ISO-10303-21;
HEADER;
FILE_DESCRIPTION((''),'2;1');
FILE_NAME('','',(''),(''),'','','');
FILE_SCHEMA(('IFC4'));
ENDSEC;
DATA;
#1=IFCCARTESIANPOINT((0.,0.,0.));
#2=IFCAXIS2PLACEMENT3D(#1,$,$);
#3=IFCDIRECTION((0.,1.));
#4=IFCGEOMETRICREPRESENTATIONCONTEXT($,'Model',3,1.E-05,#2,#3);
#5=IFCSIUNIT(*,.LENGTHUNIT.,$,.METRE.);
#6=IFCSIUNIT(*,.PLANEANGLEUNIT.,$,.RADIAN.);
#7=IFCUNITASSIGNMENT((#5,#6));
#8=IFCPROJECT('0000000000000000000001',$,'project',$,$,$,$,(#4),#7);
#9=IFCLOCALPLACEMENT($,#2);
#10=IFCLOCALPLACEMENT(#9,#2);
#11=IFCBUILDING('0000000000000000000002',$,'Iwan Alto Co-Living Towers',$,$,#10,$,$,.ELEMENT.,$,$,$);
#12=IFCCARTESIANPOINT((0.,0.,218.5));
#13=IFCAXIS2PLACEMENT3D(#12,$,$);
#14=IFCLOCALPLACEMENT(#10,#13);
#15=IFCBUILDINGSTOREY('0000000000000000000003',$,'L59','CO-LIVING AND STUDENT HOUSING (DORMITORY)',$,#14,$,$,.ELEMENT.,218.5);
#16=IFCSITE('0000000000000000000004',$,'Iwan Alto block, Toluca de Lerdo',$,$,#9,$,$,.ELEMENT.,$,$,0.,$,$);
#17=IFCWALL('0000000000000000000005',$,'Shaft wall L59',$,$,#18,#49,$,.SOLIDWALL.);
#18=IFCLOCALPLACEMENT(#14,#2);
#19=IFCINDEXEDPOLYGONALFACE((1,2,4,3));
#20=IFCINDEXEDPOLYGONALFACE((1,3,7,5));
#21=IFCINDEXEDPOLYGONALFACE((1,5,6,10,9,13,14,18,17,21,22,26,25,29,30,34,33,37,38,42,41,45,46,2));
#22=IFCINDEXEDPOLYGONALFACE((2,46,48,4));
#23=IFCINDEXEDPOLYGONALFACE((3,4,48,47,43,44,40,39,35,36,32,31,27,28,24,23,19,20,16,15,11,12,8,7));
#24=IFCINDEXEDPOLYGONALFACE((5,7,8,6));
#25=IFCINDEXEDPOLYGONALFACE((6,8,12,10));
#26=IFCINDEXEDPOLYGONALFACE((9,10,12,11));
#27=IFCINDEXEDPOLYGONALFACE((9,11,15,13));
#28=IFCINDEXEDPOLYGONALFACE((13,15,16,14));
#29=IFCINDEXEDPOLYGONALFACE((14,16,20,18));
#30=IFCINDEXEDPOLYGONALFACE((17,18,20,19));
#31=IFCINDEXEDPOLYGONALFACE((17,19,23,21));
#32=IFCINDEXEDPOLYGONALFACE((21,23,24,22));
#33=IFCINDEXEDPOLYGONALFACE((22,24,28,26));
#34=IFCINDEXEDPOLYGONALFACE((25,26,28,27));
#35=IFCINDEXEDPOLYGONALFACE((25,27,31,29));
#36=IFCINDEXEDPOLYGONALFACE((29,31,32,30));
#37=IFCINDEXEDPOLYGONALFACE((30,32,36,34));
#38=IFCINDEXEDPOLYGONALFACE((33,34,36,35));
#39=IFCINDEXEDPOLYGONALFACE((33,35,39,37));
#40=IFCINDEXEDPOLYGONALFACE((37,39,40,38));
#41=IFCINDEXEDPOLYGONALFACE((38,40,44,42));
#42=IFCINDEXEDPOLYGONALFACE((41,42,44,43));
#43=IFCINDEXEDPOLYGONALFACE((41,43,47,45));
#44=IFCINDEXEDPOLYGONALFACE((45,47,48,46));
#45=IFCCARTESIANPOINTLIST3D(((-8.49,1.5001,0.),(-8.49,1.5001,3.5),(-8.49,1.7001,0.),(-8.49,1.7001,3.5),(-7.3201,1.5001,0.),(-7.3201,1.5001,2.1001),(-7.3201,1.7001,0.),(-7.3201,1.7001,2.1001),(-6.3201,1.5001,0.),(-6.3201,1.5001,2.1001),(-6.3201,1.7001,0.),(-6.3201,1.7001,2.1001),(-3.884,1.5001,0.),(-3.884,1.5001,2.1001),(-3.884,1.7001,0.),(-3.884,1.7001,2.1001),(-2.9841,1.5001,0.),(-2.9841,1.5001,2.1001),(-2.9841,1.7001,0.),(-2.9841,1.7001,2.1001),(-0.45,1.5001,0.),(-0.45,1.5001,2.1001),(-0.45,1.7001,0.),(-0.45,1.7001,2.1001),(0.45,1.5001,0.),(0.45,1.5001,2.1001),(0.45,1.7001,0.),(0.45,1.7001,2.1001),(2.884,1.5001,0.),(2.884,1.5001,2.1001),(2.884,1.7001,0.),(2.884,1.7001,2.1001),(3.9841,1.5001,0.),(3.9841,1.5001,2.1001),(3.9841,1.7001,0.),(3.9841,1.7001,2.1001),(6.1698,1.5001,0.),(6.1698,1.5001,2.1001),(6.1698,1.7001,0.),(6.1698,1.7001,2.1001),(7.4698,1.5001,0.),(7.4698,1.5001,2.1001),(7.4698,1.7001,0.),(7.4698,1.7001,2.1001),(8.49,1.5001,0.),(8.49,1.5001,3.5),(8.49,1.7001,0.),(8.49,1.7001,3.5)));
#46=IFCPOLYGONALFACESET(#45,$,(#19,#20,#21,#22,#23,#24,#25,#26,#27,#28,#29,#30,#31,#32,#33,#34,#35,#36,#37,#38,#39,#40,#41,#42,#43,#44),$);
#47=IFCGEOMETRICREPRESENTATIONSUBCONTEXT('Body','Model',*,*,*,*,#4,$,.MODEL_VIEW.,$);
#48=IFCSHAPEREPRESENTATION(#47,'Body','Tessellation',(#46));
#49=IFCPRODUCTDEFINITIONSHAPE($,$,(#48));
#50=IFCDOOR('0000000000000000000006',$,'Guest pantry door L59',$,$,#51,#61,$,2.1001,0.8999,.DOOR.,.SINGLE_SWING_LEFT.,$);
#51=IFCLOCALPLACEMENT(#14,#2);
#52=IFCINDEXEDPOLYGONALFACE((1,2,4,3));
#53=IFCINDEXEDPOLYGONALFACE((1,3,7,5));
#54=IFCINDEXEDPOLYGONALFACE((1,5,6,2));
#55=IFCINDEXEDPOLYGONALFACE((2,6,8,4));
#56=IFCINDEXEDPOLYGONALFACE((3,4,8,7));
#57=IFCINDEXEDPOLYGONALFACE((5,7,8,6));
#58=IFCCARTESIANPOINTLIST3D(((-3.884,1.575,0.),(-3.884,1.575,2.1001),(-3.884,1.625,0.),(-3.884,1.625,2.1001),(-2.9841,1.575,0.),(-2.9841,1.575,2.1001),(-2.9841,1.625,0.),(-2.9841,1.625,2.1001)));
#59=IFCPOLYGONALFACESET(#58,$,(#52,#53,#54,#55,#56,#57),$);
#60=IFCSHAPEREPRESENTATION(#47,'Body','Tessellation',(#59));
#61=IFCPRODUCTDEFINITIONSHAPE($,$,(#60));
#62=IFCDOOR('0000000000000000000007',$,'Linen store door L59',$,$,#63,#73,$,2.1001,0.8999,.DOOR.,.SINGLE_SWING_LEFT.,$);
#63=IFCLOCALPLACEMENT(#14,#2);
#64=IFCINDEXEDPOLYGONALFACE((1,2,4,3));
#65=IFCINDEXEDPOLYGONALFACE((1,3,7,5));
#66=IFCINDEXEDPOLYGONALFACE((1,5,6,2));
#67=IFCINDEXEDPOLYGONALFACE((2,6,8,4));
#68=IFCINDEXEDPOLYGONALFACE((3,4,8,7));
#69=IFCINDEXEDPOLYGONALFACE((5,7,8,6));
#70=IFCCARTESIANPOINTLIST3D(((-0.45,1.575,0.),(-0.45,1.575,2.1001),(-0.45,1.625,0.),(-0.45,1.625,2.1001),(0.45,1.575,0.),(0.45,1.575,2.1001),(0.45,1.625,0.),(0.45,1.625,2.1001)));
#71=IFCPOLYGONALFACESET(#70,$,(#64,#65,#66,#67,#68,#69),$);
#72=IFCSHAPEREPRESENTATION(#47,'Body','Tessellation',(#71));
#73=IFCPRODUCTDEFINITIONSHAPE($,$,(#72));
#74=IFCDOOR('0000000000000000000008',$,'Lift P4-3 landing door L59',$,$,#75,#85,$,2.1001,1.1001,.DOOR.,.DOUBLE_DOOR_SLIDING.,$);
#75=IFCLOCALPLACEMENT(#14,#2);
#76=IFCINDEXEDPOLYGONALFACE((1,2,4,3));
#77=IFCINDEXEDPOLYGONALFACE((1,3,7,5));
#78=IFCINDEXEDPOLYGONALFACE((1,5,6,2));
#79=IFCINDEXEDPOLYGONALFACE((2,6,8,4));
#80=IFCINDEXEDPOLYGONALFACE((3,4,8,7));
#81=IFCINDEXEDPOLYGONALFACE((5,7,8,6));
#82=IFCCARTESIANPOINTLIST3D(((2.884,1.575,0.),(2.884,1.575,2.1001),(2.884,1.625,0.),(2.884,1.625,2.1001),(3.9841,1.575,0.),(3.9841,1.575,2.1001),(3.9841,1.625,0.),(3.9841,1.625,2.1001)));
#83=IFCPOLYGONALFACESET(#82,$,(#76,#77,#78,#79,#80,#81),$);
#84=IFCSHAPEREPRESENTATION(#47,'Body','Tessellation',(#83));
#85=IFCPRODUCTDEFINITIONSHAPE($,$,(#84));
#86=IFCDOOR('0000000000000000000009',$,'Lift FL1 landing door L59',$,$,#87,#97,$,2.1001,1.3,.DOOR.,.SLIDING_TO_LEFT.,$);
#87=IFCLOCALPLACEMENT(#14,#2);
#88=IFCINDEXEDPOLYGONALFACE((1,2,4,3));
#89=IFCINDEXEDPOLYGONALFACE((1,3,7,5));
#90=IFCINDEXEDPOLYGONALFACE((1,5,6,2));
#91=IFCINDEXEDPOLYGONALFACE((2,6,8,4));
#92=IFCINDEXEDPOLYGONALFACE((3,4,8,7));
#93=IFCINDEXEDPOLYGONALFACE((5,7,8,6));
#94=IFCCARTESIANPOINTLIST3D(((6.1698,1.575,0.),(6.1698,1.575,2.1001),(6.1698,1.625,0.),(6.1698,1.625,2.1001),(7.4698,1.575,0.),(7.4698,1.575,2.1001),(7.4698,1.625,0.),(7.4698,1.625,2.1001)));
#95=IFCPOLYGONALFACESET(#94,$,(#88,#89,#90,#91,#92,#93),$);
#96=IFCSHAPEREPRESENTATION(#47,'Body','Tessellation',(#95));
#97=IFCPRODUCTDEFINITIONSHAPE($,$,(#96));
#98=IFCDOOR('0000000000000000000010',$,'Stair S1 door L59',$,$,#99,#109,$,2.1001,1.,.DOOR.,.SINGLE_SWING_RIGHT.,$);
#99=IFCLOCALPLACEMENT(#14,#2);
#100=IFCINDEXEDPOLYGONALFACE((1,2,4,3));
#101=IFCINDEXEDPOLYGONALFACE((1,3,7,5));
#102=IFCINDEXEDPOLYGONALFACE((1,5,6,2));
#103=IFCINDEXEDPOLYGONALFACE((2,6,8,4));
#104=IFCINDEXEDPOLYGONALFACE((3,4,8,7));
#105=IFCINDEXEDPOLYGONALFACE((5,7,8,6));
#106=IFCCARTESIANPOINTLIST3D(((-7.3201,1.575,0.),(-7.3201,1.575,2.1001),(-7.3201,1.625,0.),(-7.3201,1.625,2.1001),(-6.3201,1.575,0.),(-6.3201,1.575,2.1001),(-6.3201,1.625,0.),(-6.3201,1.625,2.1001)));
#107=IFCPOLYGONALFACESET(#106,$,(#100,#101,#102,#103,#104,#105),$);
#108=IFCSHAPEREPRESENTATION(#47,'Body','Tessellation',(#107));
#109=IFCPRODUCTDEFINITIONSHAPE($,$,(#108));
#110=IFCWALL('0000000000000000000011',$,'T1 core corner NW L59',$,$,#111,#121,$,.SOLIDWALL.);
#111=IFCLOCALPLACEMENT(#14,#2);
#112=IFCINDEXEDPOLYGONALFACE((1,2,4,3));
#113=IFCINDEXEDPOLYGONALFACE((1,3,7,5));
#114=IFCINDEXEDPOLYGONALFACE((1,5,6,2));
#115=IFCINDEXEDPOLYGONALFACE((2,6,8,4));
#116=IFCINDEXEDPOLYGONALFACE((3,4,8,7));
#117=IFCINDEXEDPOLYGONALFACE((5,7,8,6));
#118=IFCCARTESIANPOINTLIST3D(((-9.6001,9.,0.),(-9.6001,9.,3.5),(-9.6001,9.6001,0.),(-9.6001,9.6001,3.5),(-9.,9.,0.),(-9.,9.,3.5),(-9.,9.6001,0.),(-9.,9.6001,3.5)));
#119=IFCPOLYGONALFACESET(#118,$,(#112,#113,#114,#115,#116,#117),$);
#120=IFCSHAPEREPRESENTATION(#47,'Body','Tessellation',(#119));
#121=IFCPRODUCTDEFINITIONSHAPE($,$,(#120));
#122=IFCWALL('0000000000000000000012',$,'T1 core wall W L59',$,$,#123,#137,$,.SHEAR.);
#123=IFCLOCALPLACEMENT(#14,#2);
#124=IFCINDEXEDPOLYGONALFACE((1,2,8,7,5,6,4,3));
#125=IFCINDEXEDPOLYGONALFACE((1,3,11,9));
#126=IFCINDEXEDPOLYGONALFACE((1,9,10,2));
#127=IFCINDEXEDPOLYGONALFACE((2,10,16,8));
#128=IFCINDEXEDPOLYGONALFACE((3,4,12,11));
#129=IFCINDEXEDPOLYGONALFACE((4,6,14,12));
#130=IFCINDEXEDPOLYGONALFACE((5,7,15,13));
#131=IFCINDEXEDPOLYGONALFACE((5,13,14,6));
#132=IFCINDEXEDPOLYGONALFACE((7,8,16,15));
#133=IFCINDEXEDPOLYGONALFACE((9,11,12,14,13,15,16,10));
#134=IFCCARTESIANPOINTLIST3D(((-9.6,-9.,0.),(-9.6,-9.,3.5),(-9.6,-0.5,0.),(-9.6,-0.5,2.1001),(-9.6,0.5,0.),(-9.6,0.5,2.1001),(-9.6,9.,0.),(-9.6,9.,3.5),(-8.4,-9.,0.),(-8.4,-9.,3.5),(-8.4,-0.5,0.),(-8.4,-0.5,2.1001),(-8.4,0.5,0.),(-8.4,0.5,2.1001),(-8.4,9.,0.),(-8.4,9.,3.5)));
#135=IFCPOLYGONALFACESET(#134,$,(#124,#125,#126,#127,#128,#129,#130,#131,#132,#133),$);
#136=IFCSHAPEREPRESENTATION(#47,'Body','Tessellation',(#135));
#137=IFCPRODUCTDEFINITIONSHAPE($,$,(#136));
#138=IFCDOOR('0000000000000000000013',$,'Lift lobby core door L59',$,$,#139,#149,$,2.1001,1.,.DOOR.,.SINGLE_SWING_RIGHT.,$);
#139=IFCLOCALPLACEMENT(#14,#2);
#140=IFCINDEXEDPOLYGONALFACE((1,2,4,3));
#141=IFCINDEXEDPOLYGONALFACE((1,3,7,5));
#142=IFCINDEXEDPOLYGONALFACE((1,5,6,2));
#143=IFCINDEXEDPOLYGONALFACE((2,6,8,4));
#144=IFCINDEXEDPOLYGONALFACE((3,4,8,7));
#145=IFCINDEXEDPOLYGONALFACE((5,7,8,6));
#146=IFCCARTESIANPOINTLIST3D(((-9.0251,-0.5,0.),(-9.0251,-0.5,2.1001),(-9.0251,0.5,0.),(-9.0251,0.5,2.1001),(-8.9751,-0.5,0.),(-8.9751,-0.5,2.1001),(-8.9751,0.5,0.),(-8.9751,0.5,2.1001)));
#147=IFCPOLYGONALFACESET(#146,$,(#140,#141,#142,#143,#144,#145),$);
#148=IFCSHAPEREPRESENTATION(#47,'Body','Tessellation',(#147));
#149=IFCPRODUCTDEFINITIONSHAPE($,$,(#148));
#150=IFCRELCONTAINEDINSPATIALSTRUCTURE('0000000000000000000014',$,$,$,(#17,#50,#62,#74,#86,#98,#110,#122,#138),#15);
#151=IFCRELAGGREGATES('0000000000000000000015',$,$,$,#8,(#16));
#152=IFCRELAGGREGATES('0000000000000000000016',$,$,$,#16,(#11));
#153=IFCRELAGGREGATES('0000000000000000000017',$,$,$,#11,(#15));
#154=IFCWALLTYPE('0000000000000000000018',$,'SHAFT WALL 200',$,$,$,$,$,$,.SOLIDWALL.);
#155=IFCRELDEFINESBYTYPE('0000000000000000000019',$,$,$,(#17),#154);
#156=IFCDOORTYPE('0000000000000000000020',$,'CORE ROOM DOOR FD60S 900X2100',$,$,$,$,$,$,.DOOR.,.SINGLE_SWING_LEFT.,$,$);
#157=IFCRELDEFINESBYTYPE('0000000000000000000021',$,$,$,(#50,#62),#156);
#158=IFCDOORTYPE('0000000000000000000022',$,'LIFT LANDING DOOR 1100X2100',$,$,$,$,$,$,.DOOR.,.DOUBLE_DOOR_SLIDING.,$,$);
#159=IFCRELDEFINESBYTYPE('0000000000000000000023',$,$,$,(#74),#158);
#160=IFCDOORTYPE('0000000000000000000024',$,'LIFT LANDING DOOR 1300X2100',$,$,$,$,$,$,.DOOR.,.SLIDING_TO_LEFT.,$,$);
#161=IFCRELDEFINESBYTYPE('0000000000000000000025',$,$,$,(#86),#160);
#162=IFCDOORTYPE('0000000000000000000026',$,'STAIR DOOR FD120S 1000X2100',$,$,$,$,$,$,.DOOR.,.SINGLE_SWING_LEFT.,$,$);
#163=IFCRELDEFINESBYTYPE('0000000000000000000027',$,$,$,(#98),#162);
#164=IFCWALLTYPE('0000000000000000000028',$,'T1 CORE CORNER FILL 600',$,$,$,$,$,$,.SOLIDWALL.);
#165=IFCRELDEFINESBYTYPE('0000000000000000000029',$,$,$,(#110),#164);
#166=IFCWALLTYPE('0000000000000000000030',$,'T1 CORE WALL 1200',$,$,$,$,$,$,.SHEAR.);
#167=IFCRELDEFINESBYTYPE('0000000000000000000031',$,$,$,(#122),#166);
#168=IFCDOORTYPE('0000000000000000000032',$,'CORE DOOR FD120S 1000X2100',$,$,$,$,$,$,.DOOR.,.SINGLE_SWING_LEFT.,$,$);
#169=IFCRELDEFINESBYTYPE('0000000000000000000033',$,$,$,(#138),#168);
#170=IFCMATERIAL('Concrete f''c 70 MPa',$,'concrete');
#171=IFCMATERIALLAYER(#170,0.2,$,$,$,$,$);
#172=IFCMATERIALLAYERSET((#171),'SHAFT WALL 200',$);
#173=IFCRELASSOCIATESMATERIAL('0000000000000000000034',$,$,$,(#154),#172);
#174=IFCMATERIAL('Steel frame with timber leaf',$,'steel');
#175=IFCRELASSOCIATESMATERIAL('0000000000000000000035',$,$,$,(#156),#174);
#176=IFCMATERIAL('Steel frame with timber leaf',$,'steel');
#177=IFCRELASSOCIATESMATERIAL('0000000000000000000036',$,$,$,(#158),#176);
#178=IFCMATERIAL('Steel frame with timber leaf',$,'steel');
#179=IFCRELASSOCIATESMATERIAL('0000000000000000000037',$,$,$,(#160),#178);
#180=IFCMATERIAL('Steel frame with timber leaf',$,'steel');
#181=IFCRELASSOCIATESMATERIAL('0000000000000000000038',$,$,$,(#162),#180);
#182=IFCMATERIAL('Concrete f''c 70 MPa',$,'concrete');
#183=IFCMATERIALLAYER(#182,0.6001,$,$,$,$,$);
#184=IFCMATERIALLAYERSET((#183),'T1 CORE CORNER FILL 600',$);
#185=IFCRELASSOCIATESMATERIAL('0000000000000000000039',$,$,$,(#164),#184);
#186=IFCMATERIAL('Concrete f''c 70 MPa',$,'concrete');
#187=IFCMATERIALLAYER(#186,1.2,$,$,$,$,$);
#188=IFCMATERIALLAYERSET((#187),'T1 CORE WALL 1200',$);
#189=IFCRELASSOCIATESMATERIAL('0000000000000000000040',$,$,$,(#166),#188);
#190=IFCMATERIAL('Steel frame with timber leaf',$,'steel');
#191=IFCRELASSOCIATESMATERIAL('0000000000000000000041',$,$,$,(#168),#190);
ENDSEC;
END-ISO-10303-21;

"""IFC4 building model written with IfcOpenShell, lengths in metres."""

from ifc_helpers import new_model, si_unit, direction, frame, frame_2d, origin, place, context, subcontext, project, spatial, rectangle, extrude, material, layer, layer_set, type_object, element, fill, save


model = new_model("IFC4")

# Units and contexts
model_context = context("Model", 3, precision=1e-05, world=origin(), true_north=direction((0.0, 1.0)))
body_context = subcontext(model_context, "Body", "Model", "MODEL_VIEW")
ifc_project = project(units=[si_unit("LENGTHUNIT", "METRE"), si_unit("PLANEANGLEUNIT", "RADIAN")], contexts=[model_context])

# Site, building, storey
site_placement = place(None, origin())
site = spatial("IfcSite", under=ifc_project, at=site_placement, Name="Iwan Alto block, Toluca de Lerdo", CompositionType="ELEMENT", RefElevation=0.0)
building_placement = place(site_placement, origin())
building = spatial("IfcBuilding", under=site, at=building_placement, Name="Iwan Alto Co-Living Towers", CompositionType="ELEMENT")
storey_placement = place(building_placement, frame((0.0, 0.0, 218.5)))
storey = spatial("IfcBuildingStorey", under=building, at=storey_placement, Name="L59", Description="CO-LIVING AND STUDENT HOUSING (DORMITORY)", CompositionType="ELEMENT", Elevation=218.5)

# Wall, openings, doors
ifc_material_1 = material(Name="Concrete f'c 70 MPa", Category="concrete")
ifc_layer_1 = layer(ifc_material_1, 0.2)
ifc_layer_set_1 = layer_set([ifc_layer_1], Name="SHAFT WALL 200")
wall_type_1 = type_object("IfcWallType", Name="SHAFT WALL 200", PredefinedType="SOLIDWALL", material=ifc_layer_set_1)
wall_1_placement = place(storey_placement, frame((-8.49, 1.6001, 0.0), z_axis=(0.0, 0.0, 1.0), x_axis=(1.0, 0.0, 0.0)))
wall_1 = element("IfcWall", 1, at=wall_1_placement, inside=storey, type_object=wall_type_1, Name="Shaft wall L59", PredefinedType="SOLIDWALL", context=body_context, shape_type="SweptSolid", body=[
    extrude(rectangle(XDim=16.98, YDim=0.2, at=frame_2d((8.49, 0.0))), origin(), (0.0, 0.0, 1.0), 3.5),
])
opening_1_placement = place(wall_1_placement, frame((1.1699, 0.0, 0.0)))
opening_1 = element("IfcOpeningElement", 2, at=opening_1_placement, cuts=wall_1, PredefinedType="OPENING", context=body_context, shape_type="SweptSolid", body=[
    extrude(rectangle(XDim=1.0, YDim=2.1001, at=frame_2d((0.5, 1.05))), frame((0.0, 0.1099, 0.0), z_axis=(0.0, -1.0, 0.0), x_axis=(1.0, 0.0, 0.0)), (0.0, 0.0, 1.0), 0.22),
])
opening_2_placement = place(wall_1_placement, frame((4.606, 0.0, 0.0)))
opening_2 = element("IfcOpeningElement", 3, at=opening_2_placement, cuts=wall_1, PredefinedType="OPENING", context=body_context, shape_type="SweptSolid", body=[
    extrude(rectangle(XDim=0.8999, YDim=2.1001, at=frame_2d((0.45, 1.05))), frame((0.0, 0.1099, 0.0), z_axis=(0.0, -1.0, 0.0), x_axis=(1.0, 0.0, 0.0)), (0.0, 0.0, 1.0), 0.22),
])
opening_3_placement = place(wall_1_placement, frame((8.04, 0.0, 0.0)))
opening_3 = element("IfcOpeningElement", 4, at=opening_3_placement, cuts=wall_1, PredefinedType="OPENING", context=body_context, shape_type="SweptSolid", body=[
    extrude(rectangle(XDim=0.8999, YDim=2.1001, at=frame_2d((0.45, 1.05))), frame((0.0, 0.1099, 0.0), z_axis=(0.0, -1.0, 0.0), x_axis=(1.0, 0.0, 0.0)), (0.0, 0.0, 1.0), 0.22),
])
opening_4_placement = place(wall_1_placement, frame((11.374, 0.0, 0.0)))
opening_4 = element("IfcOpeningElement", 5, at=opening_4_placement, cuts=wall_1, PredefinedType="OPENING", context=body_context, shape_type="SweptSolid", body=[
    extrude(rectangle(XDim=1.1001, YDim=2.1001, at=frame_2d((0.55, 1.05))), frame((0.0, 0.1099, 0.0), z_axis=(0.0, -1.0, 0.0), x_axis=(1.0, 0.0, 0.0)), (0.0, 0.0, 1.0), 0.22),
])
opening_5_placement = place(wall_1_placement, frame((14.6599, 0.0, 0.0)))
opening_5 = element("IfcOpeningElement", 6, at=opening_5_placement, cuts=wall_1, PredefinedType="OPENING", context=body_context, shape_type="SweptSolid", body=[
    extrude(rectangle(XDim=1.3, YDim=2.1001, at=frame_2d((0.6499, 1.05))), frame((0.0, 0.1099, 0.0), z_axis=(0.0, -1.0, 0.0), x_axis=(1.0, 0.0, 0.0)), (0.0, 0.0, 1.0), 0.22),
])
ifc_material_2 = material(Name="Steel frame with timber leaf", Category="steel")
door_type_1 = type_object("IfcDoorType", Name="CORE ROOM DOOR FD60S 900X2100", OperationType="SINGLE_SWING_LEFT", PredefinedType="DOOR", material=ifc_material_2)
door_1_placement = place(opening_2_placement, origin())
door_1 = element("IfcDoor", 7, at=door_1_placement, inside=storey, type_object=door_type_1, Name="Guest pantry door L59", OperationType="SINGLE_SWING_LEFT", OverallHeight=2.1001, OverallWidth=0.8999, PredefinedType="DOOR", context=body_context, shape_type="SweptSolid", body=[
    extrude(rectangle(XDim=0.8999, YDim=2.1001, at=frame_2d((0.45, 1.05))), frame((0.0, 0.0249, 0.0), z_axis=(0.0, -1.0, 0.0), x_axis=(1.0, 0.0, 0.0)), (0.0, 0.0, 1.0), 0.05),
])
fill(opening_2, door_1)
door_2_placement = place(opening_3_placement, origin())
door_2 = element("IfcDoor", 8, at=door_2_placement, inside=storey, type_object=door_type_1, Name="Linen store door L59", OperationType="SINGLE_SWING_LEFT", OverallHeight=2.1001, OverallWidth=0.8999, PredefinedType="DOOR", context=body_context, shape_type="SweptSolid", body=[
    extrude(rectangle(XDim=0.8999, YDim=2.1001, at=frame_2d((0.45, 1.05))), frame((0.0, 0.0249, 0.0), z_axis=(0.0, -1.0, 0.0), x_axis=(1.0, 0.0, 0.0)), (0.0, 0.0, 1.0), 0.05),
])
fill(opening_3, door_2)
ifc_material_3 = material(Name="Steel frame with timber leaf", Category="steel")
door_type_2 = type_object("IfcDoorType", Name="LIFT LANDING DOOR 1100X2100", OperationType="DOUBLE_DOOR_SLIDING", PredefinedType="DOOR", material=ifc_material_3)
door_3_placement = place(opening_4_placement, origin())
door_3 = element("IfcDoor", 9, at=door_3_placement, inside=storey, type_object=door_type_2, Name="Lift P4-3 landing door L59", OperationType="DOUBLE_DOOR_SLIDING", OverallHeight=2.1001, OverallWidth=1.1001, PredefinedType="DOOR", context=body_context, shape_type="SweptSolid", body=[
    extrude(rectangle(XDim=1.1001, YDim=2.1001, at=frame_2d((0.55, 1.05))), frame((0.0, 0.0249, 0.0), z_axis=(0.0, -1.0, 0.0), x_axis=(1.0, 0.0, 0.0)), (0.0, 0.0, 1.0), 0.05),
])
fill(opening_4, door_3)
ifc_material_4 = material(Name="Steel frame with timber leaf", Category="steel")
door_type_3 = type_object("IfcDoorType", Name="LIFT LANDING DOOR 1300X2100", OperationType="SLIDING_TO_LEFT", PredefinedType="DOOR", material=ifc_material_4)
door_4_placement = place(opening_5_placement, origin())
door_4 = element("IfcDoor", 10, at=door_4_placement, inside=storey, type_object=door_type_3, Name="Lift FL1 landing door L59", OperationType="SLIDING_TO_LEFT", OverallHeight=2.1001, OverallWidth=1.3, PredefinedType="DOOR", context=body_context, shape_type="SweptSolid", body=[
    extrude(rectangle(XDim=1.3, YDim=2.1001, at=frame_2d((0.6499, 1.05))), frame((0.0, 0.0249, 0.0), z_axis=(0.0, -1.0, 0.0), x_axis=(1.0, 0.0, 0.0)), (0.0, 0.0, 1.0), 0.05),
])
fill(opening_5, door_4)
ifc_material_5 = material(Name="Steel frame with timber leaf", Category="steel")
door_type_4 = type_object("IfcDoorType", Name="STAIR DOOR FD120S 1000X2100", OperationType="SINGLE_SWING_LEFT", PredefinedType="DOOR", material=ifc_material_5)
door_5_placement = place(opening_1_placement, origin())
door_5 = element("IfcDoor", 11, at=door_5_placement, inside=storey, type_object=door_type_4, Name="Stair S1 door L59", OperationType="SINGLE_SWING_RIGHT", OverallHeight=2.1001, OverallWidth=1.0, PredefinedType="DOOR", context=body_context, shape_type="SweptSolid", body=[
    extrude(rectangle(XDim=1.0, YDim=2.1001, at=frame_2d((0.5, 1.05))), frame((0.0, 0.0249, 0.0), z_axis=(0.0, -1.0, 0.0), x_axis=(1.0, 0.0, 0.0)), (0.0, 0.0, 1.0), 0.05),
])
fill(opening_1, door_5)

# Wall
ifc_material_6 = material(Name="Concrete f'c 70 MPa", Category="concrete")
ifc_layer_2 = layer(ifc_material_6, 0.6001)
ifc_layer_set_2 = layer_set([ifc_layer_2], Name="T1 CORE CORNER FILL 600")
wall_type_2 = type_object("IfcWallType", Name="T1 CORE CORNER FILL 600", PredefinedType="SOLIDWALL", material=ifc_layer_set_2)
wall_2_placement = place(storey_placement, frame((-9.6001, 9.3, 0.0), z_axis=(0.0, 0.0, 1.0), x_axis=(1.0, 0.0, 0.0)))
element("IfcWall", 12, at=wall_2_placement, inside=storey, type_object=wall_type_2, Name="T1 core corner NW L59", PredefinedType="SOLIDWALL", context=body_context, shape_type="SweptSolid", body=[
    extrude(rectangle(XDim=0.6001, YDim=0.6001, at=frame_2d((0.3, 0.0))), origin(), (0.0, 0.0, 1.0), 3.5),
])

# Wall, opening, door
ifc_material_7 = material(Name="Concrete f'c 70 MPa", Category="concrete")
ifc_layer_3 = layer(ifc_material_7, 1.2)
ifc_layer_set_3 = layer_set([ifc_layer_3], Name="T1 CORE WALL 1200")
wall_type_3 = type_object("IfcWallType", Name="T1 CORE WALL 1200", PredefinedType="SHEAR", material=ifc_layer_set_3)
wall_3_placement = place(storey_placement, frame((-9.0, 9.0, 0.0), z_axis=(0.0, 0.0, 1.0), x_axis=(0.0, -1.0, 0.0)))
wall_3 = element("IfcWall", 13, at=wall_3_placement, inside=storey, type_object=wall_type_3, Name="T1 core wall W L59", PredefinedType="SHEAR", context=body_context, shape_type="SweptSolid", body=[
    extrude(rectangle(XDim=18.0, YDim=1.2, at=frame_2d((9.0, 0.0))), origin(), (0.0, 0.0, 1.0), 3.5),
])
opening_6_placement = place(wall_3_placement, frame((8.5, 0.0, 0.0)))
opening_6 = element("IfcOpeningElement", 14, at=opening_6_placement, cuts=wall_3, PredefinedType="OPENING", context=body_context, shape_type="SweptSolid", body=[
    extrude(rectangle(XDim=1.0, YDim=2.1001, at=frame_2d((0.5, 1.05))), frame((0.0, 0.6099, 0.0), z_axis=(0.0, -1.0, 0.0), x_axis=(1.0, 0.0, 0.0)), (0.0, 0.0, 1.0), 1.22),
])
ifc_material_8 = material(Name="Steel frame with timber leaf", Category="steel")
door_type_5 = type_object("IfcDoorType", Name="CORE DOOR FD120S 1000X2100", OperationType="SINGLE_SWING_LEFT", PredefinedType="DOOR", material=ifc_material_8)
door_6_placement = place(opening_6_placement, origin())
door_6 = element("IfcDoor", 15, at=door_6_placement, inside=storey, type_object=door_type_5, Name="Lift lobby core door L59", OperationType="SINGLE_SWING_RIGHT", OverallHeight=2.1001, OverallWidth=1.0, PredefinedType="DOOR", context=body_context, shape_type="SweptSolid", body=[
    extrude(rectangle(XDim=1.0, YDim=2.1001, at=frame_2d((0.5, 1.05))), frame((0.0, 0.0249, 0.0), z_axis=(0.0, -1.0, 0.0), x_axis=(1.0, 0.0, 0.0)), (0.0, 0.0, 1.0), 0.05),
])
fill(opening_6, door_6)

save(model, "model.ifc")
